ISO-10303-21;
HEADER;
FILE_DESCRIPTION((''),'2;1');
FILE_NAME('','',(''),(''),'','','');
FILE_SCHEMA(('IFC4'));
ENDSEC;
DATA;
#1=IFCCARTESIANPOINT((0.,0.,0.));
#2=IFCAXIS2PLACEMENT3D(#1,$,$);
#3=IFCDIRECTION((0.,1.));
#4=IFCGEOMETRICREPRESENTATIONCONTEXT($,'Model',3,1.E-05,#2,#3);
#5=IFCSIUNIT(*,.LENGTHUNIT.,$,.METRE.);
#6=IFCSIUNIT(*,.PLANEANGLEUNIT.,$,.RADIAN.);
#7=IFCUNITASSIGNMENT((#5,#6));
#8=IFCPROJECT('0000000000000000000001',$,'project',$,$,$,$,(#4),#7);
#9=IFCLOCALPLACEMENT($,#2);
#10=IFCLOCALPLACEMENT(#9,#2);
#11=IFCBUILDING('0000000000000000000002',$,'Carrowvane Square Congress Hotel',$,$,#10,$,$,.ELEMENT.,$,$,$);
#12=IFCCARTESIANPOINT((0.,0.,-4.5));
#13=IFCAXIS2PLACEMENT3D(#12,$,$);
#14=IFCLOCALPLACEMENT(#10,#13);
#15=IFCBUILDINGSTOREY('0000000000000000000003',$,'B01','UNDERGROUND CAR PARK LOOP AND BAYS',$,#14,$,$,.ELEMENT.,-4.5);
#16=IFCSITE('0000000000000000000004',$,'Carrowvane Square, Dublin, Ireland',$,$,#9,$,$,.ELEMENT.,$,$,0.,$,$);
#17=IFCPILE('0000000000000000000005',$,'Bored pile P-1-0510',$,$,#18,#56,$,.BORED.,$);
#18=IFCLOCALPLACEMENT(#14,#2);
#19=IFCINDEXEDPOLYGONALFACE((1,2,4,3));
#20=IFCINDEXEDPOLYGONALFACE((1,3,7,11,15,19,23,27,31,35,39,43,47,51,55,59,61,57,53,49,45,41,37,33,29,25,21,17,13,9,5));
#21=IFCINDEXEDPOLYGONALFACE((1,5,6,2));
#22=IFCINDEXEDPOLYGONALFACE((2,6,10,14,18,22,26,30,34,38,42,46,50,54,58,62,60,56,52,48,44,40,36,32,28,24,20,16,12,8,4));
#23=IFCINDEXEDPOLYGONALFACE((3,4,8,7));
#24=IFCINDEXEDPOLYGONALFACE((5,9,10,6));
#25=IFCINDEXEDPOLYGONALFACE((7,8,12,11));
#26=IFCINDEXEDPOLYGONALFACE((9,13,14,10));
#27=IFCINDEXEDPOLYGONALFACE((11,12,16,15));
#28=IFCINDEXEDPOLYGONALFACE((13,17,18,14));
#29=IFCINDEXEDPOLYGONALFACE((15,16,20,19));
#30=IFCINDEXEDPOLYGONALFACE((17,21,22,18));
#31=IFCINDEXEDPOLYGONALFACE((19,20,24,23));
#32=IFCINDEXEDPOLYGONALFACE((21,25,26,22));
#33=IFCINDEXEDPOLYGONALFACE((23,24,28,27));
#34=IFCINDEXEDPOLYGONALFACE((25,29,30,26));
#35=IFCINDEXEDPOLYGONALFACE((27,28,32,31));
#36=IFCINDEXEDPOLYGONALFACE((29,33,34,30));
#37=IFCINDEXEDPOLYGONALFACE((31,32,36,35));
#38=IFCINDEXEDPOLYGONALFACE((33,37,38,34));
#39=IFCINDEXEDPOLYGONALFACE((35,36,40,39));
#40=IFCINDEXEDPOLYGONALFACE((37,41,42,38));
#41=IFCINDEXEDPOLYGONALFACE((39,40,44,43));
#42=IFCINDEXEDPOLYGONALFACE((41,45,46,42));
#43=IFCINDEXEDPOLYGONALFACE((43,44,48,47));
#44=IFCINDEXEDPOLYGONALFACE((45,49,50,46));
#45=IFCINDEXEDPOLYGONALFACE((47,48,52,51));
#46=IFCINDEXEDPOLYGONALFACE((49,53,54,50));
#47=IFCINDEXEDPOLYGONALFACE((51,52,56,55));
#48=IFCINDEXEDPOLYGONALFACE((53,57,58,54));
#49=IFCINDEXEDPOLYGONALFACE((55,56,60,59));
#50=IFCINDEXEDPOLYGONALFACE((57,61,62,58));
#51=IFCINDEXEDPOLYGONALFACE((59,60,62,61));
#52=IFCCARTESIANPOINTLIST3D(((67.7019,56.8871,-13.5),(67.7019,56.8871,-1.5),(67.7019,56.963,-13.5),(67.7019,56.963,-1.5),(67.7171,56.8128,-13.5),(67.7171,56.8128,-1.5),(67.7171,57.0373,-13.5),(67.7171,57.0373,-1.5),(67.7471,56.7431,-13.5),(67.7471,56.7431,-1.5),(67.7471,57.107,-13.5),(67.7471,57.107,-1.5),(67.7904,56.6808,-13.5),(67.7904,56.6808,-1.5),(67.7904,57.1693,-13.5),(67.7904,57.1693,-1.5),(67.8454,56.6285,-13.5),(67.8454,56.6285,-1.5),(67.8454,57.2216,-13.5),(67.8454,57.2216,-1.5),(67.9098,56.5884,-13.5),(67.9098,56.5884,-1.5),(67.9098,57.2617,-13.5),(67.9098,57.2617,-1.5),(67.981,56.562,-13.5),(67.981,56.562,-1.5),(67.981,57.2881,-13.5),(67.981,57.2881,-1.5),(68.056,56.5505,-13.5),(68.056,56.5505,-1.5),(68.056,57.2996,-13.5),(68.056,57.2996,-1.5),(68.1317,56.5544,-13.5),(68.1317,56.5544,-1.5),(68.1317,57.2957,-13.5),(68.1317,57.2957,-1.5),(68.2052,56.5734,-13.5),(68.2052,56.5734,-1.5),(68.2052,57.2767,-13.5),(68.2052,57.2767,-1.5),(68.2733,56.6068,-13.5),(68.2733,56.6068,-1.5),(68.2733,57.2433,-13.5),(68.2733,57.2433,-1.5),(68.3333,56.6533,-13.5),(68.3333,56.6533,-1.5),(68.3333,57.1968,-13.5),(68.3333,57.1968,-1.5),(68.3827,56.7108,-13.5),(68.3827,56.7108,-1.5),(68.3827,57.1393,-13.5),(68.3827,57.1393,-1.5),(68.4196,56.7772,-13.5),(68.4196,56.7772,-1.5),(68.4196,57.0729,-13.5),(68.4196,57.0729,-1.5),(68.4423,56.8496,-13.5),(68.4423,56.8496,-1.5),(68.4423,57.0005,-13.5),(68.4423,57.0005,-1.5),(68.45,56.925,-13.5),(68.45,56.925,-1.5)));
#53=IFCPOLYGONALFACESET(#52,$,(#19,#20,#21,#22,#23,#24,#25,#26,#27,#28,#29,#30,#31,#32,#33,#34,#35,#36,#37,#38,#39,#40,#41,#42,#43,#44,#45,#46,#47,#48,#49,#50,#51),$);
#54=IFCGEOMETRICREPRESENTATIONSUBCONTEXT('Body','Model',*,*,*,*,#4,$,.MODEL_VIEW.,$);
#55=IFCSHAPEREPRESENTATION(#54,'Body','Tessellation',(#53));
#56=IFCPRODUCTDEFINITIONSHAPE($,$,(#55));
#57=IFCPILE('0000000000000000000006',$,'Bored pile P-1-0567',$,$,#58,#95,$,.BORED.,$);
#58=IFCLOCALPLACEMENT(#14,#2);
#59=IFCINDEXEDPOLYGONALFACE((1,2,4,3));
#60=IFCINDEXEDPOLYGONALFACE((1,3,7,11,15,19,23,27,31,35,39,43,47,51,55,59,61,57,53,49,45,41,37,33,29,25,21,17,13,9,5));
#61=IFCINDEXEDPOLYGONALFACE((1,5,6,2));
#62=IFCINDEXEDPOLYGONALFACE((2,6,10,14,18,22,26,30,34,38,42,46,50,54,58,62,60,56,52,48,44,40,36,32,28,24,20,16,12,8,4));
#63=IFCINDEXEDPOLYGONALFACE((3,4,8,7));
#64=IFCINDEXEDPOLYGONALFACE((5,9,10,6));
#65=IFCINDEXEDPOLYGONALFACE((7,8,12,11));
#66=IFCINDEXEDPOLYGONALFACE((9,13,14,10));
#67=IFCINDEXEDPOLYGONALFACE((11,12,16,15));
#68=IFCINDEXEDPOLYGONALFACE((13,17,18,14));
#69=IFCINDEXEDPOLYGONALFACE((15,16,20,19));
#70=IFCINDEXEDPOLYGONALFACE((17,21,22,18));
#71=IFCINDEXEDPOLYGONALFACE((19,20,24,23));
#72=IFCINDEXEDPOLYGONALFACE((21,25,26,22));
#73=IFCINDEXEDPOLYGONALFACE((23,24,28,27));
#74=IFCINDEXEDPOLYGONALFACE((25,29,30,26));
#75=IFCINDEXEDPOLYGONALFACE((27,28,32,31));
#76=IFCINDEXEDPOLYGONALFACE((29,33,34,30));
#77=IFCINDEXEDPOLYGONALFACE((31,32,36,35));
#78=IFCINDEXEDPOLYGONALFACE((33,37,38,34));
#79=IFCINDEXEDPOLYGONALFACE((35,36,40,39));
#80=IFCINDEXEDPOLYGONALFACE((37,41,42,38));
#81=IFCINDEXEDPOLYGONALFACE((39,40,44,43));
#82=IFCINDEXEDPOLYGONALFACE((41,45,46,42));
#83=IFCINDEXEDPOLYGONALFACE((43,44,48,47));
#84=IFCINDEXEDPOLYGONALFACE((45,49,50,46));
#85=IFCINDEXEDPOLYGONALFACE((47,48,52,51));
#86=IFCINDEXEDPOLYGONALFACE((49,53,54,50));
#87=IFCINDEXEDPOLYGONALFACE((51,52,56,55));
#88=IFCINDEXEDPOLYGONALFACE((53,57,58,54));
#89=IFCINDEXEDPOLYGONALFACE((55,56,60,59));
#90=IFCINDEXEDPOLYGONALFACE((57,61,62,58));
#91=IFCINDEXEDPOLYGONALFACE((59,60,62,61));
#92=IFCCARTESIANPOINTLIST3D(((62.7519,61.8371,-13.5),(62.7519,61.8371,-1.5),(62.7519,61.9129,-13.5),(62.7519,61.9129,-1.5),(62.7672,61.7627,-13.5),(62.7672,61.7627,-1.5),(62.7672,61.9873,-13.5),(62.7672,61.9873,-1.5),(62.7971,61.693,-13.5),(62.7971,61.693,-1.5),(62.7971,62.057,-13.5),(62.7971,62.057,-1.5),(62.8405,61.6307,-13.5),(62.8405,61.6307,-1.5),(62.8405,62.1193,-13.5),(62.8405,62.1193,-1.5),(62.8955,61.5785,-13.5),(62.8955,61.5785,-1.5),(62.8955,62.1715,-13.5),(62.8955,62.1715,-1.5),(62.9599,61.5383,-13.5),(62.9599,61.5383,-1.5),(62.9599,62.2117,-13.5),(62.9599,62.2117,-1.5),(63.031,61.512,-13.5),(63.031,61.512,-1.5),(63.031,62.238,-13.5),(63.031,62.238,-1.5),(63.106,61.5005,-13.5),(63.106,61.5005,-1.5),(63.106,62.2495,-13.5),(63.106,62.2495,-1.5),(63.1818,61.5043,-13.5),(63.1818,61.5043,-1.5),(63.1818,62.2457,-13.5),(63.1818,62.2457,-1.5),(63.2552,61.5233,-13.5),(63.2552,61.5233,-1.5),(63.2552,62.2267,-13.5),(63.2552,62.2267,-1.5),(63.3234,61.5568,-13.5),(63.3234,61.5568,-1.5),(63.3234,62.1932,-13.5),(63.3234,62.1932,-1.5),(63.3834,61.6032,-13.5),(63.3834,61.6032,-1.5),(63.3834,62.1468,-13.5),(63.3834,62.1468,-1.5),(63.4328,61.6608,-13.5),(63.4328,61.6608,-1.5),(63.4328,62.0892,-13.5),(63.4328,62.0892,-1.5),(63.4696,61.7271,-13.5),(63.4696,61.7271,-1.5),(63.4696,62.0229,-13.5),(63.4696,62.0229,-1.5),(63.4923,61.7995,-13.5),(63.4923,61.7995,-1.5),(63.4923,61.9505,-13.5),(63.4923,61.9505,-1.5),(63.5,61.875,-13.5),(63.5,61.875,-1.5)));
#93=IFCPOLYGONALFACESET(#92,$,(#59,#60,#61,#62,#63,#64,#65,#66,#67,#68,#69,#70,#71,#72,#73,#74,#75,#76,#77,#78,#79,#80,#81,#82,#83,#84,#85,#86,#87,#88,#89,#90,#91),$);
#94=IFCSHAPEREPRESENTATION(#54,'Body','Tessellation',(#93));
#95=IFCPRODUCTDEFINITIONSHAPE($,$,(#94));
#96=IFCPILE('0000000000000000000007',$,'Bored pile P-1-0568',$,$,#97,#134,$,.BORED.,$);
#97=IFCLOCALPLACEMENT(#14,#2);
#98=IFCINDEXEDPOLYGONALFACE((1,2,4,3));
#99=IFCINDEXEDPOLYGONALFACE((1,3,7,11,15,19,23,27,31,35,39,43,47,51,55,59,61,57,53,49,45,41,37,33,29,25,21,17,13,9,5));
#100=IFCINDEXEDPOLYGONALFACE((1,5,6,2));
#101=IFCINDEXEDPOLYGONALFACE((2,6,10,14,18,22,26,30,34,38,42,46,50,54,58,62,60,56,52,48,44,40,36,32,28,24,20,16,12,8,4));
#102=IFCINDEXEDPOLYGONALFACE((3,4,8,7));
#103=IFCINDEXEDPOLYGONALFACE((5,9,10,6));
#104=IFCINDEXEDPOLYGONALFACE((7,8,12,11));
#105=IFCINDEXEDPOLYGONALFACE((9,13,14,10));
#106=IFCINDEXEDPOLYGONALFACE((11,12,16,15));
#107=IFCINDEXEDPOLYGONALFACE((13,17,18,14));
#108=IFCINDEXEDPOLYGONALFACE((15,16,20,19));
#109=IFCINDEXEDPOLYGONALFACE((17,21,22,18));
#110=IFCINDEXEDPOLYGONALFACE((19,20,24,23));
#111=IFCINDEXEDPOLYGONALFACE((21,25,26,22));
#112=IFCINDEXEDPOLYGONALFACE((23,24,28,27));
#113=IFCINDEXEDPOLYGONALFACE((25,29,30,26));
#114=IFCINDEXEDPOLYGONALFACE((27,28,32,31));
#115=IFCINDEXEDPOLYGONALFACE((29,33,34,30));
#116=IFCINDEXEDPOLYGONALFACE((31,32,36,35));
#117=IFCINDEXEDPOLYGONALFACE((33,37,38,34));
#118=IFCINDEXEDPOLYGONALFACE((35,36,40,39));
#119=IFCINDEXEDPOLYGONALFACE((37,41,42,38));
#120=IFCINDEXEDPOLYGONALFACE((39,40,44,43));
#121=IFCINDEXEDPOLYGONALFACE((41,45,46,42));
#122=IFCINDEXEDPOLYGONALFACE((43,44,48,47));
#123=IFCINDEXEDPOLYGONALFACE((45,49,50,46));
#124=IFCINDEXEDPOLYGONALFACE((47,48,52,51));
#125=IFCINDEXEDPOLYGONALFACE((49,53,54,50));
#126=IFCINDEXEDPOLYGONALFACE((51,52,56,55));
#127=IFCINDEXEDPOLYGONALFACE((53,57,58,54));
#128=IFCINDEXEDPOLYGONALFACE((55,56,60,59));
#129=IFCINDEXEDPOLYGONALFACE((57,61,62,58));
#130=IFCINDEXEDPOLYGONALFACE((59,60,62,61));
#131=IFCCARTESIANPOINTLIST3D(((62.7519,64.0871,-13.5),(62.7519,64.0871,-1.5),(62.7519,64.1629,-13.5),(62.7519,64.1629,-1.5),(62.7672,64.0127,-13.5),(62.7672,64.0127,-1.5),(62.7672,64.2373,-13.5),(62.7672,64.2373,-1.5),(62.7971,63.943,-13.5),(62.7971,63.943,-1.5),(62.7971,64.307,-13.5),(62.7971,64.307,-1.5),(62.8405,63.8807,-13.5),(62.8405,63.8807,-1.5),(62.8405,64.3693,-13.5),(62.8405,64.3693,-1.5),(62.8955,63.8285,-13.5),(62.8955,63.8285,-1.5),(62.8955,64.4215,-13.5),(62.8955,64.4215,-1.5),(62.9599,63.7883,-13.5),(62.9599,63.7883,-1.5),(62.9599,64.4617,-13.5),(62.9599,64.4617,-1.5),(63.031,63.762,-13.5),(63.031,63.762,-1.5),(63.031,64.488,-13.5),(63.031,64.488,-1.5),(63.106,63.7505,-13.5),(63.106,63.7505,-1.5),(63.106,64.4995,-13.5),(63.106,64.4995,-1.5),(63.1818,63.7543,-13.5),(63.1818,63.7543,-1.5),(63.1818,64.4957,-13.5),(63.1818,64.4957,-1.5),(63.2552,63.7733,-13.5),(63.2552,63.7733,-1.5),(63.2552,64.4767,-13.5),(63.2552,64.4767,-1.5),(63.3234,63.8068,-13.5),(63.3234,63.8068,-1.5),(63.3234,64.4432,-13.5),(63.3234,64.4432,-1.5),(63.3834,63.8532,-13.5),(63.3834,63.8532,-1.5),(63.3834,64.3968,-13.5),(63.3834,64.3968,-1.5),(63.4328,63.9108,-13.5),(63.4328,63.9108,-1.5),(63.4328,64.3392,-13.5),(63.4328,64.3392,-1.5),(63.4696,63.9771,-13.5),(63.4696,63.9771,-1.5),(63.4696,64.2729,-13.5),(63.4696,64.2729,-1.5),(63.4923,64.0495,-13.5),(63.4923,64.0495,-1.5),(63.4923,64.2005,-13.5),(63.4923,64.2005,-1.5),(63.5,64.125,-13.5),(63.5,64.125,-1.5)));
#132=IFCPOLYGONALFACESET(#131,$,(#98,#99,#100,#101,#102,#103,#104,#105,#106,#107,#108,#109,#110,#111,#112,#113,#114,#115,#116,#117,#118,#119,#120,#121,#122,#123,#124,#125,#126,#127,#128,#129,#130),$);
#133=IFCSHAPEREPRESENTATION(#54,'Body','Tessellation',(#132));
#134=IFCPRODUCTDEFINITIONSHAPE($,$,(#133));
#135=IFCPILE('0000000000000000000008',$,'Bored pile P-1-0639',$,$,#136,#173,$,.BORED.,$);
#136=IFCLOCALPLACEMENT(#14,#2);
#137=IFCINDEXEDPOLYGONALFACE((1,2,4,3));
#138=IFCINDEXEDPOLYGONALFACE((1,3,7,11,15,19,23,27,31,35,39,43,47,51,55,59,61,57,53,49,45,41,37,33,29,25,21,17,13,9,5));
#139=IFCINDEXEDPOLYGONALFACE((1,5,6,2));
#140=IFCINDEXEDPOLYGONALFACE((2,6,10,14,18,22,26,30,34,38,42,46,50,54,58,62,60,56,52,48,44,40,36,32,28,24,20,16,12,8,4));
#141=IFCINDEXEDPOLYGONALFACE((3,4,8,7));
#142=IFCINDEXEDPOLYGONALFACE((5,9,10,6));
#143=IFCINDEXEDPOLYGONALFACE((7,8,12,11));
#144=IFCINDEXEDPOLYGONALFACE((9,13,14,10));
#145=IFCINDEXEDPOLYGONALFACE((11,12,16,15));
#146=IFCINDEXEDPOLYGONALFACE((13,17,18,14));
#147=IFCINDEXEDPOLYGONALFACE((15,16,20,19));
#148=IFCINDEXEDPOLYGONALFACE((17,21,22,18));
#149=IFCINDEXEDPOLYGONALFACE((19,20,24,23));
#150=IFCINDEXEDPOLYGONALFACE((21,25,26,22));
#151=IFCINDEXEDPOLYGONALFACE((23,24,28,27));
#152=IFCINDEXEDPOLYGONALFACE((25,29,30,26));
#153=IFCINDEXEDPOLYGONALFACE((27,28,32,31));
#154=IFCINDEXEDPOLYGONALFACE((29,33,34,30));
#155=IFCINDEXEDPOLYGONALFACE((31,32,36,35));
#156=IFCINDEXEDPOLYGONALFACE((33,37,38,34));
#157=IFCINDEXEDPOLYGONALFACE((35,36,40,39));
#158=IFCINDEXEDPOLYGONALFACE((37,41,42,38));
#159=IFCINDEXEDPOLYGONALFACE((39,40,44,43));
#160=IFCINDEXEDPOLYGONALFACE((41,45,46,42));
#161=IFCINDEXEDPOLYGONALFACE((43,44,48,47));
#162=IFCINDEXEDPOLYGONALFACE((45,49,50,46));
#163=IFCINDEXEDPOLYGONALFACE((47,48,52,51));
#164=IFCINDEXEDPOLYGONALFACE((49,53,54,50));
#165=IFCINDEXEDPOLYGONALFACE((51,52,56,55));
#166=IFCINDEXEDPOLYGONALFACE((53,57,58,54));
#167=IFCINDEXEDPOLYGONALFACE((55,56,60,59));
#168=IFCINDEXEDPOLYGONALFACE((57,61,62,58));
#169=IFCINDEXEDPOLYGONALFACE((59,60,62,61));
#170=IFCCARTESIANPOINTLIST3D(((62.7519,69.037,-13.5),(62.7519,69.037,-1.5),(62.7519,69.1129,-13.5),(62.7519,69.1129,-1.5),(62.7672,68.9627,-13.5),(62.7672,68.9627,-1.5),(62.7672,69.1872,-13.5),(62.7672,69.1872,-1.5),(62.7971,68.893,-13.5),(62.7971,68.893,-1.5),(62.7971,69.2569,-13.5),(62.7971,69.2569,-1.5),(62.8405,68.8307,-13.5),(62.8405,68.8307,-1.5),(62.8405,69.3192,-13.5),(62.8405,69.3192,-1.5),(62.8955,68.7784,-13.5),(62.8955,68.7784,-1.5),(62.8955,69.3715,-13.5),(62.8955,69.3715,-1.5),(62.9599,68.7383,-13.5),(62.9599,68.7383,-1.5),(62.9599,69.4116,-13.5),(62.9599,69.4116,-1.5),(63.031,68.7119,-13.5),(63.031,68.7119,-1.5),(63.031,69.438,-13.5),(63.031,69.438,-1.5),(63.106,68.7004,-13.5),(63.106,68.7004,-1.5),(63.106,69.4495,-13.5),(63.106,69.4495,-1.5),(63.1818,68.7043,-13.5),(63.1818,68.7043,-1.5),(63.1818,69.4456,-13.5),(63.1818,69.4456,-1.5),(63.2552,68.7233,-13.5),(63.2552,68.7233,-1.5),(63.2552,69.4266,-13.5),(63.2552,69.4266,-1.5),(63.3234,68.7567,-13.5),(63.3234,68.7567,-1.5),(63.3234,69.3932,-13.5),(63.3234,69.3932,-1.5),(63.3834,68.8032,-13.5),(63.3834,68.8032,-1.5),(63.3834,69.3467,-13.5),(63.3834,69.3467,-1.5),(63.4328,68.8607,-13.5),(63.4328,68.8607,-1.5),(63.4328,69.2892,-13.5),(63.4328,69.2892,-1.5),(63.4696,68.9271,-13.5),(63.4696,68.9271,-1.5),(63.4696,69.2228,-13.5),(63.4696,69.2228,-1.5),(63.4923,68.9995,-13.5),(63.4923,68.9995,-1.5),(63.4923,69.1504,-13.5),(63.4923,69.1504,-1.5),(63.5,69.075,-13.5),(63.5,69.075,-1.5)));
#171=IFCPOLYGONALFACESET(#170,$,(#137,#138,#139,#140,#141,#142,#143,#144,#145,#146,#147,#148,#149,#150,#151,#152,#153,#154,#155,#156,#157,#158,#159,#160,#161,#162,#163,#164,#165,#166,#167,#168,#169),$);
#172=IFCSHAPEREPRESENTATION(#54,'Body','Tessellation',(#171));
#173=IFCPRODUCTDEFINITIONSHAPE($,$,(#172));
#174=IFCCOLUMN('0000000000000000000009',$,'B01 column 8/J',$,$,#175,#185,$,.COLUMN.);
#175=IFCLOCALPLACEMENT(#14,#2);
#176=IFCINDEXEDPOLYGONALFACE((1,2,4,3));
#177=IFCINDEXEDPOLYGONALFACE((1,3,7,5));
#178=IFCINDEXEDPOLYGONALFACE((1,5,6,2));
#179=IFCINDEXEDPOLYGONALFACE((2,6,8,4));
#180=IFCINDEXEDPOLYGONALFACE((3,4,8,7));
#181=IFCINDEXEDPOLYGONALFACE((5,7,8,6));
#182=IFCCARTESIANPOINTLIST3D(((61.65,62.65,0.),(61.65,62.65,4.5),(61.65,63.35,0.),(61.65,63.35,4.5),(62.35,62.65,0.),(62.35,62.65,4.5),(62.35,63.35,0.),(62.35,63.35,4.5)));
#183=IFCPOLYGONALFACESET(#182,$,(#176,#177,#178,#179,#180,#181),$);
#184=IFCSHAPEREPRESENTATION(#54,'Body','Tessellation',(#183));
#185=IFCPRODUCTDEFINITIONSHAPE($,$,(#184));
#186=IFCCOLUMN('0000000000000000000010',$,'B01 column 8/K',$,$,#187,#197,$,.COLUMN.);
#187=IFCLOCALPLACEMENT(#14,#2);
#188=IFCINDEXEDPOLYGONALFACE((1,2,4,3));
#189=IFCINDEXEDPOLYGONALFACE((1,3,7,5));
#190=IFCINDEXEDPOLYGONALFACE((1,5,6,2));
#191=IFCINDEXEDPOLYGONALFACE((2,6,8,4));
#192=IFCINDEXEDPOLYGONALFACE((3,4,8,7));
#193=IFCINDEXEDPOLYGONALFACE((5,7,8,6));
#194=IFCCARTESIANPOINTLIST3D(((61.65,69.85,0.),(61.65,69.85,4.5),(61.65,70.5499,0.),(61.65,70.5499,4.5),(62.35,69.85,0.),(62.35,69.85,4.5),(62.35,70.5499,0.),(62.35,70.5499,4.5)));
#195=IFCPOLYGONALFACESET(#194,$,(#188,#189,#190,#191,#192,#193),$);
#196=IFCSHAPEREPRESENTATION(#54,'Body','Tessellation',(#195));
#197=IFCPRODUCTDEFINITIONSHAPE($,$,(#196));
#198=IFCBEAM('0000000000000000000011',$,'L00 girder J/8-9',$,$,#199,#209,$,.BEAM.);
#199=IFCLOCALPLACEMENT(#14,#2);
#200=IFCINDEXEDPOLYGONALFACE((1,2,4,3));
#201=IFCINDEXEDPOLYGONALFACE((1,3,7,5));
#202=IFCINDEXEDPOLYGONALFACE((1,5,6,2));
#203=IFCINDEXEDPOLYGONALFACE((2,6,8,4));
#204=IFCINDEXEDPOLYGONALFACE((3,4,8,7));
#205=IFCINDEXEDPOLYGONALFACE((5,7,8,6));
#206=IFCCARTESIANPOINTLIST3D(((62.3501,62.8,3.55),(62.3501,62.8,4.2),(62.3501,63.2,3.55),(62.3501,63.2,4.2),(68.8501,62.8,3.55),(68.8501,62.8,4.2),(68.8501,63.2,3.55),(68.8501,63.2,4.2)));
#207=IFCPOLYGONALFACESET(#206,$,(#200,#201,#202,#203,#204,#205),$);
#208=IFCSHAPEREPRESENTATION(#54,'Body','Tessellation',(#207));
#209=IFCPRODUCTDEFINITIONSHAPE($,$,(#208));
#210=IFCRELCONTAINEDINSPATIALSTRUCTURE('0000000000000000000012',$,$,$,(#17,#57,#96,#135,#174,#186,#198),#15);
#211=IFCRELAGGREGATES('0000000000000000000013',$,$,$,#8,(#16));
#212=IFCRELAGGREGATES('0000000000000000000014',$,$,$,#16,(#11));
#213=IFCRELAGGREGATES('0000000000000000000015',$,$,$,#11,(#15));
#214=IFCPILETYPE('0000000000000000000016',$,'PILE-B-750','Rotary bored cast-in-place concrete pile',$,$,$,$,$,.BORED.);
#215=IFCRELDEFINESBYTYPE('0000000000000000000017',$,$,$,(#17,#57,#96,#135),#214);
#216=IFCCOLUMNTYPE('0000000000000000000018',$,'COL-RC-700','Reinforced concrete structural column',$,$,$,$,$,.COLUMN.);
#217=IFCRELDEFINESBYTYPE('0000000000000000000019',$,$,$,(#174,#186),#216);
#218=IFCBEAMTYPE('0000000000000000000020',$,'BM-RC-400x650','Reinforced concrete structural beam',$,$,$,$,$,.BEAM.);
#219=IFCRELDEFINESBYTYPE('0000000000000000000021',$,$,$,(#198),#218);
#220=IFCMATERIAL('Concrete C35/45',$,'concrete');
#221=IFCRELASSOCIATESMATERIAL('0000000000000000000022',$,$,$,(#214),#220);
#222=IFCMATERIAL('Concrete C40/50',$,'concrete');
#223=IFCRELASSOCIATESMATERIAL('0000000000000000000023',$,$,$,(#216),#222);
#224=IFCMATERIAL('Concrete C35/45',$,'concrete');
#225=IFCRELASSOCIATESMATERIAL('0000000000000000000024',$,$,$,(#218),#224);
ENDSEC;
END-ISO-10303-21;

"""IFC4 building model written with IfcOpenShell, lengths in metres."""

from ifc_helpers import new_model, si_unit, direction, frame, origin, origin_2d, place, context, subcontext, project, spatial, rectangle, circle, extrude, material, material_profile, profile_set, type_object, element, save


model = new_model("IFC4")

# Units and contexts
model_context = context("Model", 3, precision=1e-05, world=origin(), true_north=direction((0.0, 1.0)))
body_context = subcontext(model_context, "Body", "Model", "MODEL_VIEW")
ifc_project = project(units=[si_unit("LENGTHUNIT", "METRE"), si_unit("PLANEANGLEUNIT", "RADIAN")], contexts=[model_context])

# Site, building, storey
site_placement = place(None, origin())
site = spatial("IfcSite", under=ifc_project, at=site_placement, Name="Carrowvane Square, Dublin, Ireland", CompositionType="ELEMENT", RefElevation=0.0)
building_placement = place(site_placement, origin())
building = spatial("IfcBuilding", under=site, at=building_placement, Name="Carrowvane Square Congress Hotel", CompositionType="ELEMENT")
storey_placement = place(building_placement, frame((0.0, 0.0, -4.5)))
storey = spatial("IfcBuildingStorey", under=building, at=storey_placement, Name="B01", Description="UNDERGROUND CAR PARK LOOP AND BAYS", CompositionType="ELEMENT", Elevation=-4.5)

# Piles
ifc_material_1 = material(Name="Concrete C35/45", Category="concrete")
ifc_material_profile_1 = material_profile(ifc_material_1, circle(Radius=0.375, at=origin_2d()), Name="PILE D750")
ifc_profile_set_1 = profile_set([ifc_material_profile_1], Name="Concrete C35/45")
pile_type_1 = type_object("IfcPileType", Name="PILE-B-750", Description="Rotary bored cast-in-place concrete pile", PredefinedType="BORED", material=ifc_profile_set_1)
for number, where, z_axis, x_axis, name in (
    (1, (68.075, 56.925, -1.5), (0.0, 0.0, -1.0), (1.0, 0.0, 0.0), "Bored pile P-1-0510"),
    (2, (63.125, 61.875, -1.5), (0.0, 0.0, -1.0), (1.0, 0.0, 0.0), "Bored pile P-1-0567"),
    (3, (63.125, 64.125, -1.5), (0.0, 0.0, -1.0), (1.0, 0.0, 0.0), "Bored pile P-1-0568"),
    (4, (63.125, 69.075, -1.5), (0.0, 0.0, -1.0), (1.0, 0.0, 0.0), "Bored pile P-1-0639"),
):
    element("IfcPile", number, at=place(storey_placement, frame(where, z_axis=z_axis, x_axis=x_axis)), inside=storey, type_object=pile_type_1, Name=name, PredefinedType="BORED", context=body_context, shape_type="SweptSolid", body=[
        extrude(circle(Radius=0.375, at=origin_2d()), origin(), (0.0, 0.0, 1.0), 12.0),
    ])

# Columns
ifc_material_2 = material(Name="Concrete C40/50", Category="concrete")
ifc_material_profile_2 = material_profile(ifc_material_2, rectangle(XDim=0.7, YDim=0.7, at=origin_2d()), Name="RC 700x700")
ifc_profile_set_2 = profile_set([ifc_material_profile_2], Name="Concrete C40/50")
column_type = type_object("IfcColumnType", Name="COL-RC-700", Description="Reinforced concrete structural column", PredefinedType="COLUMN", material=ifc_profile_set_2)
for number, where, z_axis, x_axis, name in (
    (5, (62.0, 63.0, 0.0), (0.0, 0.0, 1.0), (1.0, 0.0, 0.0), "B01 column 8/J"),
    (6, (62.0, 70.2, 0.0), (0.0, 0.0, 1.0), (1.0, 0.0, 0.0), "B01 column 8/K"),
):
    element("IfcColumn", number, at=place(storey_placement, frame(where, z_axis=z_axis, x_axis=x_axis)), inside=storey, type_object=column_type, Name=name, PredefinedType="COLUMN", context=body_context, shape_type="SweptSolid", body=[
        extrude(rectangle(XDim=0.7, YDim=0.7, at=origin_2d()), origin(), (0.0, 0.0, 1.0), 4.5),
    ])

# Beam
ifc_material_3 = material(Name="Concrete C35/45", Category="concrete")
ifc_material_profile_3 = material_profile(ifc_material_3, rectangle(XDim=0.3999, YDim=0.6499, at=origin_2d()), Name="RC 400x650")
ifc_profile_set_3 = profile_set([ifc_material_profile_3], Name="Concrete C35/45")
beam_type_1 = type_object("IfcBeamType", Name="BM-RC-400x650", Description="Reinforced concrete structural beam", PredefinedType="BEAM", material=ifc_profile_set_3)
for number, where, z_axis, x_axis, name in (
    (7, (62.3501, 63.0, 3.875), (1.0, 0.0, 0.0), (0.0, 1.0, 0.0), "L00 girder J/8-9"),
):
    element("IfcBeam", number, at=place(storey_placement, frame(where, z_axis=z_axis, x_axis=x_axis)), inside=storey, type_object=beam_type_1, Name=name, PredefinedType="BEAM", context=body_context, shape_type="SweptSolid", body=[
        extrude(rectangle(XDim=0.3999, YDim=0.6499, at=origin_2d()), origin(), (0.0, 0.0, 1.0), 6.5),
    ])

save(model, "model.ifc")
